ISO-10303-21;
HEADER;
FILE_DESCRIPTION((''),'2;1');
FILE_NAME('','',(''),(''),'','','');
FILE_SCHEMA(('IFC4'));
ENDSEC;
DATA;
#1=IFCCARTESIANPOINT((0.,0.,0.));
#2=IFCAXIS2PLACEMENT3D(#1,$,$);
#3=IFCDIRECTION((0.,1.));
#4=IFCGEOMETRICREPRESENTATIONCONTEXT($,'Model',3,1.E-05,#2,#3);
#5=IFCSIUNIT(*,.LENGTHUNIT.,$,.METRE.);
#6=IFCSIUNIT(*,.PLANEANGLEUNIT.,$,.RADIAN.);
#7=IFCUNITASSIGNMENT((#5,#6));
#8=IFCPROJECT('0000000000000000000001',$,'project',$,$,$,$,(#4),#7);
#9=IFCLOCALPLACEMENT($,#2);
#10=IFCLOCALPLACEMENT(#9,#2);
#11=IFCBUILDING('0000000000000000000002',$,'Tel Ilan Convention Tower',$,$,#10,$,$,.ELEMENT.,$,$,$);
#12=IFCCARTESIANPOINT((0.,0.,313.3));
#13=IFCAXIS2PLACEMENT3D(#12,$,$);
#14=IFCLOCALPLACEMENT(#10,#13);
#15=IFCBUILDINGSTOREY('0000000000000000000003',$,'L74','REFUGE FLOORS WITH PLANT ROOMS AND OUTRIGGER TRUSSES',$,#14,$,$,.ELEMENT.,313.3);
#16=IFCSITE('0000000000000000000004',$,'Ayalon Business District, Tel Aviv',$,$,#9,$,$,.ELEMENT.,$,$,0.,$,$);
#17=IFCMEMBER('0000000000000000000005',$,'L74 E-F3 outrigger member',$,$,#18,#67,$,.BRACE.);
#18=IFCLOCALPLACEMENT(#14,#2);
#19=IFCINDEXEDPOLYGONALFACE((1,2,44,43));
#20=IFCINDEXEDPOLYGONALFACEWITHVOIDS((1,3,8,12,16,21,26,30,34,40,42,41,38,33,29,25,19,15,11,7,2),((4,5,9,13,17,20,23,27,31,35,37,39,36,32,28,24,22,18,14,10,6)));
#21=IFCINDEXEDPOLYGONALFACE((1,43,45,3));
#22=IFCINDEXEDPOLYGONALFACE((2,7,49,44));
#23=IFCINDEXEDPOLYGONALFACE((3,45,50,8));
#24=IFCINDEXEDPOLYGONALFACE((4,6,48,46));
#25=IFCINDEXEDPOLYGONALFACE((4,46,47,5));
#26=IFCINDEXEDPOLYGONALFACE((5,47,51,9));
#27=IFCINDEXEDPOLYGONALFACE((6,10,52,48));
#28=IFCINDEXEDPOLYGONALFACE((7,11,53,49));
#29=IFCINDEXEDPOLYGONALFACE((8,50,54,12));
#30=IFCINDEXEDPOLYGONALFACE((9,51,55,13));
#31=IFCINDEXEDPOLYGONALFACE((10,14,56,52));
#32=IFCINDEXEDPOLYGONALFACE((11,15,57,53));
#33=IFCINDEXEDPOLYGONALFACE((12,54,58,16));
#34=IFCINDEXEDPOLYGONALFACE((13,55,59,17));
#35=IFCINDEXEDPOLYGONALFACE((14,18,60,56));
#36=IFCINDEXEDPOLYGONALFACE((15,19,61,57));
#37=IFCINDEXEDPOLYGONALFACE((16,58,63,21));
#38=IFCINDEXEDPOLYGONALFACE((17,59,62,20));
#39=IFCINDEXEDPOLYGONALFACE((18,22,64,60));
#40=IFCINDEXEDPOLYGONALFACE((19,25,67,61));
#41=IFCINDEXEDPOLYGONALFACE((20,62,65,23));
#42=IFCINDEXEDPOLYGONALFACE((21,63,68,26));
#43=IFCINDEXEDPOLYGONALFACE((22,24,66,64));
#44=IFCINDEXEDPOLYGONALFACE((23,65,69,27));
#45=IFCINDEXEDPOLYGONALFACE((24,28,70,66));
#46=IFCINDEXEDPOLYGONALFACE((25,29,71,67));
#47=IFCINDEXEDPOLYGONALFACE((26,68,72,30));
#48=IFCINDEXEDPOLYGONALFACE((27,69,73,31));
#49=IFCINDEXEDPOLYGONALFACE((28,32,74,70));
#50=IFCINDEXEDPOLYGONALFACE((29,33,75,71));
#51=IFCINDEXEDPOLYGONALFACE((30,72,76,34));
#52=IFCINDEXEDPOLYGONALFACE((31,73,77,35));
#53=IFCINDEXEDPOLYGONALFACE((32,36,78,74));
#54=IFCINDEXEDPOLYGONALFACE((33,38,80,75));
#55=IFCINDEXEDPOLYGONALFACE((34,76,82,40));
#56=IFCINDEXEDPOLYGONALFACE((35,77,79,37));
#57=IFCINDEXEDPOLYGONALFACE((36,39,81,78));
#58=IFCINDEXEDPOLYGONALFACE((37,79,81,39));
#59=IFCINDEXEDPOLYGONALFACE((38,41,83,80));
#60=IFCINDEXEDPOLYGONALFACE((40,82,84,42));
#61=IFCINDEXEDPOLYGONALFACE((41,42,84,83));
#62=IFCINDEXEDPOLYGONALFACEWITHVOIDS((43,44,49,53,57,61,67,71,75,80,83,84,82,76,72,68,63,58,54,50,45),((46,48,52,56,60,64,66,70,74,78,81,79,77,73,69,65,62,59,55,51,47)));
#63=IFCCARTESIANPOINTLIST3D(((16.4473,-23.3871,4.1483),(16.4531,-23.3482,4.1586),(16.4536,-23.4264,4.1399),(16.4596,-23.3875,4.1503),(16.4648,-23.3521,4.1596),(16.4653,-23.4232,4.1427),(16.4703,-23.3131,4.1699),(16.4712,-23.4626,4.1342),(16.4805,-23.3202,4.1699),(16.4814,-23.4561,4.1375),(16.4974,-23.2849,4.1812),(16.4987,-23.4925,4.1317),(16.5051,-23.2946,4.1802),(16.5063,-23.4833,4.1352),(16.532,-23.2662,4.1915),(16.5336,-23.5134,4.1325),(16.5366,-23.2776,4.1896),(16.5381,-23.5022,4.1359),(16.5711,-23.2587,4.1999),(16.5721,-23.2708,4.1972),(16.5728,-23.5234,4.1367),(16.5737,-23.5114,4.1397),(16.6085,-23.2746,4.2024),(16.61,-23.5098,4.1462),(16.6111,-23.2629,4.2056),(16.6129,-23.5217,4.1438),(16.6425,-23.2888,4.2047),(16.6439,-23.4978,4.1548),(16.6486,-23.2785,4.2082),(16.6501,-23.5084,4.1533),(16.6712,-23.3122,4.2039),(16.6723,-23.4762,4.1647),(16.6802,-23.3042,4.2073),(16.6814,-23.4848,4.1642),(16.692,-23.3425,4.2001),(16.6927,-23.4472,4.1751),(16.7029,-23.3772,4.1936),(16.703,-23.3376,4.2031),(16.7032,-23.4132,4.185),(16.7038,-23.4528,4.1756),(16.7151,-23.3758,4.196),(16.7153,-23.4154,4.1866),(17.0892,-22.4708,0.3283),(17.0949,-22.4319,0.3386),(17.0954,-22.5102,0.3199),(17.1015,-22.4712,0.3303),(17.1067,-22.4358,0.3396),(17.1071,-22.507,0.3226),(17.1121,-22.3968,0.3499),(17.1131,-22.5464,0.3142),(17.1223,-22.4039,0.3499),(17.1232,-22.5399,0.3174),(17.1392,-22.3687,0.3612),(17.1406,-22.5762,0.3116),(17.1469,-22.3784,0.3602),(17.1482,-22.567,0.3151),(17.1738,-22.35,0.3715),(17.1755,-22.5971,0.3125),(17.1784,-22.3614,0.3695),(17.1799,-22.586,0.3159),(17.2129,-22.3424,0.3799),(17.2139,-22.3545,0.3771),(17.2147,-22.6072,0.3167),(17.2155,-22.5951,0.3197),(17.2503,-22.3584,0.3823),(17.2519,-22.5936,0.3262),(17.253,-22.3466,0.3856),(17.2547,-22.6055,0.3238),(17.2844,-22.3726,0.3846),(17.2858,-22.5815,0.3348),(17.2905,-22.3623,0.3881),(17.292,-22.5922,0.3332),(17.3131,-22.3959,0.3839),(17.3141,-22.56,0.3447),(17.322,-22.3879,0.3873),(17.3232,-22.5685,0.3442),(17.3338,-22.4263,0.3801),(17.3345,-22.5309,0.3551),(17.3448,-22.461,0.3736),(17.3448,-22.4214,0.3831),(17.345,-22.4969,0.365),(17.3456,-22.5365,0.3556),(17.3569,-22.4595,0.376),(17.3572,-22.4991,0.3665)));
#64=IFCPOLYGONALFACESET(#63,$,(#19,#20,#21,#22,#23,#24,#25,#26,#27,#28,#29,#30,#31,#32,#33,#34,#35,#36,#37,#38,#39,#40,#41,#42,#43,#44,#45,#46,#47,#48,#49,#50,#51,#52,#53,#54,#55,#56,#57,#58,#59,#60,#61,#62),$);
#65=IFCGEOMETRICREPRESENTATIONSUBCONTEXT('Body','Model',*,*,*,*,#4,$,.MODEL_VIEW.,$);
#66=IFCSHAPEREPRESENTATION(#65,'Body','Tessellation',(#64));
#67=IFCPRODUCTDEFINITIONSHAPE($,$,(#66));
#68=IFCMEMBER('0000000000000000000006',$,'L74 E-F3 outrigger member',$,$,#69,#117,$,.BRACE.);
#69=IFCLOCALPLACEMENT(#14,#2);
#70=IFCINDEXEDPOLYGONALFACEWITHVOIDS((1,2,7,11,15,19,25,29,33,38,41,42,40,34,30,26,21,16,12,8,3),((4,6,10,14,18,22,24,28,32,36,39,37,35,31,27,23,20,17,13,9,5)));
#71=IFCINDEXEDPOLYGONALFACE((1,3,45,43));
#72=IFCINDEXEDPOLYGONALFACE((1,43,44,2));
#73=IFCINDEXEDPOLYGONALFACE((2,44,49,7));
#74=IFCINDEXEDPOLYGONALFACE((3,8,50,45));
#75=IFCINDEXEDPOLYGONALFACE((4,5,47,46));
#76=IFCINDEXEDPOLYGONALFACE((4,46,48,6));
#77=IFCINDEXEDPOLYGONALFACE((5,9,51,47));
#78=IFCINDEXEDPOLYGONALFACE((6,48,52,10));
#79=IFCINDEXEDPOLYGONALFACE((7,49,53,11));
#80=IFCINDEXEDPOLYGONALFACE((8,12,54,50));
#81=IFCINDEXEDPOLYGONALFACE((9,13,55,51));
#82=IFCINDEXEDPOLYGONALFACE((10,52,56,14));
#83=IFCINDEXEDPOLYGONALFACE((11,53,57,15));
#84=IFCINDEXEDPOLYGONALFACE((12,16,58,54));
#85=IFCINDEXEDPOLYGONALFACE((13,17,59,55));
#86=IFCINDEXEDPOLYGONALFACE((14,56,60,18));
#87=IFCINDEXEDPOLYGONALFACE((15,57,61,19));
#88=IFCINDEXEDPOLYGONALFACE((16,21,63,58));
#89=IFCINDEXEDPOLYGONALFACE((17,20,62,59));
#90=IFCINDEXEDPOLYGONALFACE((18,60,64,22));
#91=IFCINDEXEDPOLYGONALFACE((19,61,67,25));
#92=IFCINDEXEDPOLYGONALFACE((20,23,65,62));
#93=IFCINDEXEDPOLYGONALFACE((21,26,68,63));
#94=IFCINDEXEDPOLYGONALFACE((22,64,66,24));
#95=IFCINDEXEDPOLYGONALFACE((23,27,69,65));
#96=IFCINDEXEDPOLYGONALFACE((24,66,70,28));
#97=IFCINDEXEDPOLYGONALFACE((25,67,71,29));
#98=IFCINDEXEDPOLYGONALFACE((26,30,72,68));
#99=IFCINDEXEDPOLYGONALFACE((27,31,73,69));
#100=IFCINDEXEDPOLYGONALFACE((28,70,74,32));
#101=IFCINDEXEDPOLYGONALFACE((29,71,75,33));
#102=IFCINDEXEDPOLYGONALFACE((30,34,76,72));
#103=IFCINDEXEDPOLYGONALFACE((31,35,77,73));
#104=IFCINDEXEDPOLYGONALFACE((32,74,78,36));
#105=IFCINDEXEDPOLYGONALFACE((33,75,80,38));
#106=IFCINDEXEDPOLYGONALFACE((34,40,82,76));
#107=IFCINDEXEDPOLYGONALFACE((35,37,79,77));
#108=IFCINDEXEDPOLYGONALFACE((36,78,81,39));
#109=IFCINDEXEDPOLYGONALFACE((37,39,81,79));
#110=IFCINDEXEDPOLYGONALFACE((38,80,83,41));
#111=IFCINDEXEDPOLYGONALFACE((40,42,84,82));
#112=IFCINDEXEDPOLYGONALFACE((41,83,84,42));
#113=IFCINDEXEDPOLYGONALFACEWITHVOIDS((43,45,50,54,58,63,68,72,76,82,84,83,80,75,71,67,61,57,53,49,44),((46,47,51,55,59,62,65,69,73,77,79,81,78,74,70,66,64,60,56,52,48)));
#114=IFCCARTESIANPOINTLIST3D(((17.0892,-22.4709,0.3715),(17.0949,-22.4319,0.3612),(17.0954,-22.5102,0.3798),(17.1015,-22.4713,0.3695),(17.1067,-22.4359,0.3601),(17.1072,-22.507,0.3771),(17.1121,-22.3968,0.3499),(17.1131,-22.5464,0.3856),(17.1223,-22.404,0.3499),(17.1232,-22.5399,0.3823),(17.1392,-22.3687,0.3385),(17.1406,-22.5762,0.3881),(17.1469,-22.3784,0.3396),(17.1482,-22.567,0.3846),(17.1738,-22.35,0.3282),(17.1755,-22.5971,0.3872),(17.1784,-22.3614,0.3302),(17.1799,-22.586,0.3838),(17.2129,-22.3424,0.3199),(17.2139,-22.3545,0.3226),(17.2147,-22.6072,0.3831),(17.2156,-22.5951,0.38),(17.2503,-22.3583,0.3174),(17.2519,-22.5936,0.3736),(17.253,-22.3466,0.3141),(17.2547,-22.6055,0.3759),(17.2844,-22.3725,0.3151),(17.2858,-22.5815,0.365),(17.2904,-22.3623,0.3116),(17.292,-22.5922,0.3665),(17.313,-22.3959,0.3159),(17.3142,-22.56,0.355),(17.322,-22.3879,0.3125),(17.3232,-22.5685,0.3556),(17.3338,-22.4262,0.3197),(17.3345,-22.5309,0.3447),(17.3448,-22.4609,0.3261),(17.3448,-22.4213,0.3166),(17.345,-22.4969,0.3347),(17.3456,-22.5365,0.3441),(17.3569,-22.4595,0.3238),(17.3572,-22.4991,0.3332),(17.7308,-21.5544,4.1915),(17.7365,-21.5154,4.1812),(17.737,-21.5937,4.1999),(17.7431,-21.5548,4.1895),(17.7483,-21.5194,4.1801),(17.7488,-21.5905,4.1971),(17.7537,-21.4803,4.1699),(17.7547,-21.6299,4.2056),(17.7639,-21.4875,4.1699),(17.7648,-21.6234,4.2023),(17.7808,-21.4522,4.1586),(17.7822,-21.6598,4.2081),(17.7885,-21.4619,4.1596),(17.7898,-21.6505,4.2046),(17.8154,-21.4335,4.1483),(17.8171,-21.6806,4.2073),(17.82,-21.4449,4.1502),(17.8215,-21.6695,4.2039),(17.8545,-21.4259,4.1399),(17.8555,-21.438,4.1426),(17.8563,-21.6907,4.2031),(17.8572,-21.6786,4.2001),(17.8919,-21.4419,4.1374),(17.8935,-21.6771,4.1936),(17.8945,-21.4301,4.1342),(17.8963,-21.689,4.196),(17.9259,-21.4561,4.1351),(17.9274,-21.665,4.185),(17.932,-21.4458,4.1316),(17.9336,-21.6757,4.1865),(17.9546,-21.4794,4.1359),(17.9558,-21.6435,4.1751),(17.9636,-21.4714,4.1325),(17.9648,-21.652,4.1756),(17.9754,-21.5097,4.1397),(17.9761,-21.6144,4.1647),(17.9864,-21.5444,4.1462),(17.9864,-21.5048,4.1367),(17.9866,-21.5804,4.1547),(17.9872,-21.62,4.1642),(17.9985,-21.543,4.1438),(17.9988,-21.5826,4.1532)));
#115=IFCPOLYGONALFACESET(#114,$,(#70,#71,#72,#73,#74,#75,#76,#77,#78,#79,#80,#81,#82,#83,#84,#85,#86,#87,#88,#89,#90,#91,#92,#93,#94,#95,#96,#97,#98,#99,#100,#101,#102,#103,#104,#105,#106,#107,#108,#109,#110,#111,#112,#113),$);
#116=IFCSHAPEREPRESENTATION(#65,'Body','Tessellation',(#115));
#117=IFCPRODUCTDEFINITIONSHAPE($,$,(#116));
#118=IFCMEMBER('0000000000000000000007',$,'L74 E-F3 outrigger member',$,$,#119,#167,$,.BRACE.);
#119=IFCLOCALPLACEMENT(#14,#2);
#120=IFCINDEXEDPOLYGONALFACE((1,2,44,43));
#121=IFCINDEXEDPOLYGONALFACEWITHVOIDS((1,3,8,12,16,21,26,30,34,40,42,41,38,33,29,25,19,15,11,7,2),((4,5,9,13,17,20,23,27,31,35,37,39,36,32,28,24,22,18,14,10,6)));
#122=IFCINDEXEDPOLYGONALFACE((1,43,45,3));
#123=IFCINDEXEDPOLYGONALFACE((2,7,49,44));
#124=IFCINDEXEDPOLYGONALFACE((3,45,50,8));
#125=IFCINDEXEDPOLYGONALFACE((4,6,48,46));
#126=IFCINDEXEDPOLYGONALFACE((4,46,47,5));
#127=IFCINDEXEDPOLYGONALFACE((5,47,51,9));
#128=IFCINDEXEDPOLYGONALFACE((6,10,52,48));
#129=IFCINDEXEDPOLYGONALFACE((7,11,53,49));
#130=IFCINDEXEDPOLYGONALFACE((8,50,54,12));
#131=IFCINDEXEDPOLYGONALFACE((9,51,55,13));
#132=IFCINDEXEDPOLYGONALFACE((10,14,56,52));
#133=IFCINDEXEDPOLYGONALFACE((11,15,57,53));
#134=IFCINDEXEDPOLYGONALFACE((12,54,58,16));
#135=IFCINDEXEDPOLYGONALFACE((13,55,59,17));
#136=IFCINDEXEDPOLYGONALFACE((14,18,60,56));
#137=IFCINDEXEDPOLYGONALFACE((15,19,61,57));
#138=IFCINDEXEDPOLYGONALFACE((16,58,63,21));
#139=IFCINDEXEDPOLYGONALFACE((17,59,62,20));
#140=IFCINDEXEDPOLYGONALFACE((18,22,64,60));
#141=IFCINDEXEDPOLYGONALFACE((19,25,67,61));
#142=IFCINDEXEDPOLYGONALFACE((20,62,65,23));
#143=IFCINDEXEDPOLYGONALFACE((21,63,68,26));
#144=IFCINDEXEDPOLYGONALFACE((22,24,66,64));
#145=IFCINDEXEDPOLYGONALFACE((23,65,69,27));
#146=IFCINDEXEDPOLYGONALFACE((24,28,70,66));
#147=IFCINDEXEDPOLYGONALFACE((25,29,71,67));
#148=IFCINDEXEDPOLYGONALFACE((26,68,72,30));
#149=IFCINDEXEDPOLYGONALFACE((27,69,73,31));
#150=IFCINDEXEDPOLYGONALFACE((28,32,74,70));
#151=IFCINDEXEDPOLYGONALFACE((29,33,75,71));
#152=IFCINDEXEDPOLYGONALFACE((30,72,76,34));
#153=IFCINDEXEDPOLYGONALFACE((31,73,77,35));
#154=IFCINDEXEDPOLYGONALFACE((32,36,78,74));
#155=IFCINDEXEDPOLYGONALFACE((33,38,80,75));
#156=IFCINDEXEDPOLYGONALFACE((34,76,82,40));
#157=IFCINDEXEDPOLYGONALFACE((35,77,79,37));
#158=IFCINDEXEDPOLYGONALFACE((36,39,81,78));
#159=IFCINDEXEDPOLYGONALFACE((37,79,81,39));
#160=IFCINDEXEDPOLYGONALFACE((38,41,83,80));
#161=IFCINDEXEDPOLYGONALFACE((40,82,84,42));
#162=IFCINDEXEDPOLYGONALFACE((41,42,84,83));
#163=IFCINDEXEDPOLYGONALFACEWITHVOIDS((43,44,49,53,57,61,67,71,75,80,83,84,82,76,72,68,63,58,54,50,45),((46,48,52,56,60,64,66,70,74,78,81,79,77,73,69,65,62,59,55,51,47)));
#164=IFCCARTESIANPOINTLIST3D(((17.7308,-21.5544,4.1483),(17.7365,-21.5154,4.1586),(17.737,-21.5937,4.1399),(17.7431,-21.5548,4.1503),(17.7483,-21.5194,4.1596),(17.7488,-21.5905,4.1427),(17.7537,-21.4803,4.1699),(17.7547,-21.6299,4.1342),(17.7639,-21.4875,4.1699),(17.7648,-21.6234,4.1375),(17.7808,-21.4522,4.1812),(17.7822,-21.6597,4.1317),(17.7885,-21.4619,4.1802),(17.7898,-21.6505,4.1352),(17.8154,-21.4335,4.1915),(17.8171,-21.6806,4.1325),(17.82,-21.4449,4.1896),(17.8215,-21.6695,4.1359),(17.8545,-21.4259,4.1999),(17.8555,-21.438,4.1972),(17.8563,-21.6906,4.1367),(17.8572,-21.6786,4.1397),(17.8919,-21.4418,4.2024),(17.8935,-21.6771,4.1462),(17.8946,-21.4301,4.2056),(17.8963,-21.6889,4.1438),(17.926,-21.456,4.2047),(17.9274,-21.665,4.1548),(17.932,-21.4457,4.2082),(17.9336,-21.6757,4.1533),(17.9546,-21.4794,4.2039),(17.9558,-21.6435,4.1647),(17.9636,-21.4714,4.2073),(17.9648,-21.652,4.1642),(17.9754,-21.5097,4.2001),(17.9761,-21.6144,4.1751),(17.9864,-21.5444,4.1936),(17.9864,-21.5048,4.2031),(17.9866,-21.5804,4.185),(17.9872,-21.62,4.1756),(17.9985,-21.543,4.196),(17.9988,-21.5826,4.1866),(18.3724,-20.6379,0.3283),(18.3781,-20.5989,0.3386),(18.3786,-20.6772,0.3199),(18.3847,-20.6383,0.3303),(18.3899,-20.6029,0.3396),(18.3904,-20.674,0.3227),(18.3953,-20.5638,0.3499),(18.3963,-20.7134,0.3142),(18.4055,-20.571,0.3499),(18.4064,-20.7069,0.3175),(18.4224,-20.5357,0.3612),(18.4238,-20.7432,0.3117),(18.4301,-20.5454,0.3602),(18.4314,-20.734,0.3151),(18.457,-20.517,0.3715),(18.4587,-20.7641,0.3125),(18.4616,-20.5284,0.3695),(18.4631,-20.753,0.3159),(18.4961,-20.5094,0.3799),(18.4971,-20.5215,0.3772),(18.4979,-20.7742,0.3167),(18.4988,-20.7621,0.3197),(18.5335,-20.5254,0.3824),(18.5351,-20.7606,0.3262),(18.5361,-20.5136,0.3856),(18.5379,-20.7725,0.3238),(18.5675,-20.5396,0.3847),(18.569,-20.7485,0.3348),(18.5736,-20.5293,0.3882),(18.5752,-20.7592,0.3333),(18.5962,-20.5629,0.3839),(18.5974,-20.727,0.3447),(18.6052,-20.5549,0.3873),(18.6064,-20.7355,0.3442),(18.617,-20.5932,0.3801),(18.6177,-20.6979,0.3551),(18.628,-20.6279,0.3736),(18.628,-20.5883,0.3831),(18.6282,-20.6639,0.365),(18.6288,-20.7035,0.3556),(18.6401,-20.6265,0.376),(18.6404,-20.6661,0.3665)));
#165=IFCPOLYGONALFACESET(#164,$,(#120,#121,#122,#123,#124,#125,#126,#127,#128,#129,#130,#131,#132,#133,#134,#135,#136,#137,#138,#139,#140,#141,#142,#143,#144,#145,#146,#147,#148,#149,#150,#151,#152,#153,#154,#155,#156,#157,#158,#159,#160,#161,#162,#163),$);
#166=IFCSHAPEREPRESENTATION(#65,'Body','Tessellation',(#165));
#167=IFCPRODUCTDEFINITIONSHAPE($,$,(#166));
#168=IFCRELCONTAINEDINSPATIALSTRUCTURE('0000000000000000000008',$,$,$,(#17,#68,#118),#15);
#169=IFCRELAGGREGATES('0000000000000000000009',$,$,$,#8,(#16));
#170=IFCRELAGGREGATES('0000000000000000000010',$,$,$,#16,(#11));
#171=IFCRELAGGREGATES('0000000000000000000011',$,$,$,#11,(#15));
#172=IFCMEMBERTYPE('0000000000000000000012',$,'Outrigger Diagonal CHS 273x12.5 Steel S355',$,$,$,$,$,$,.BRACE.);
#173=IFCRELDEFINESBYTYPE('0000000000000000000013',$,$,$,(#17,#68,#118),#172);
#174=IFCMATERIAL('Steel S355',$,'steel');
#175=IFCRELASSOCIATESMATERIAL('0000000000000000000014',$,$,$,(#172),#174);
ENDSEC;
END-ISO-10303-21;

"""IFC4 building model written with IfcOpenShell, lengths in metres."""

from ifc_helpers import new_model, si_unit, direction, frame, origin, origin_2d, place, context, subcontext, project, spatial, hollow_circle, extrude, material, material_profile, profile_set, type_object, element, save


model = new_model("IFC4")

# Units and contexts
model_context = context("Model", 3, precision=1e-05, world=origin(), true_north=direction((0.0, 1.0)))
body_context = subcontext(model_context, "Body", "Model", "MODEL_VIEW")
ifc_project = project(units=[si_unit("LENGTHUNIT", "METRE"), si_unit("PLANEANGLEUNIT", "RADIAN")], contexts=[model_context])

# Site, building, storey
site_placement = place(None, origin())
site = spatial("IfcSite", under=ifc_project, at=site_placement, Name="Ayalon Business District, Tel Aviv", CompositionType="ELEMENT", RefElevation=0.0)
building_placement = place(site_placement, origin())
building = spatial("IfcBuilding", under=site, at=building_placement, Name="Tel Ilan Convention Tower", CompositionType="ELEMENT")
storey_placement = place(building_placement, frame((0.0, 0.0, 313.3)))
storey = spatial("IfcBuildingStorey", under=building, at=storey_placement, Name="L74", Description="REFUGE FLOORS WITH PLANT ROOMS AND OUTRIGGER TRUSSES", CompositionType="ELEMENT", Elevation=313.3)

# Members
ifc_material_1 = material(Name="Steel S355", Category="steel")
ifc_material_profile_1 = material_profile(ifc_material_1, hollow_circle(Radius=0.1365, WallThickness=0.0125, at=origin_2d()), Name="CHS 273x12.5")
ifc_profile_set_1 = profile_set([ifc_material_profile_1], Name="Steel S355")
member_type_1 = type_object("IfcMemberType", Name="Outrigger Diagonal CHS 273x12.5 Steel S355", PredefinedType="BRACE", material=ifc_profile_set_1)
for number, where, z_axis, x_axis, name in (
    (1, (16.582, -23.3914, 4.1699), (0.161247, 0.230187, -0.959694), (-0.819037, 0.573741, 0.0), "L74 E-F3 outrigger member"),
    (2, (17.2239, -22.4751, 0.3499), (0.161185, 0.230247, 0.95969), (-0.819211, 0.573492, 0.0), "L74 E-F3 outrigger member"),
    (3, (17.8655, -21.5586, 4.1699), (0.161185, 0.230247, -0.95969), (-0.819211, 0.573492, 0.0), "L74 E-F3 outrigger member"),
):
    element("IfcMember", number, at=place(storey_placement, frame(where, z_axis=z_axis, x_axis=x_axis)), inside=storey, type_object=member_type_1, Name=name, PredefinedType="BRACE", context=body_context, shape_type="SweptSolid", body=[
        extrude(hollow_circle(Radius=0.1365, WallThickness=0.0125, at=origin_2d()), origin(), (0.0, 0.0, 1.0), 3.9805),
    ])

save(model, "model.ifc")
